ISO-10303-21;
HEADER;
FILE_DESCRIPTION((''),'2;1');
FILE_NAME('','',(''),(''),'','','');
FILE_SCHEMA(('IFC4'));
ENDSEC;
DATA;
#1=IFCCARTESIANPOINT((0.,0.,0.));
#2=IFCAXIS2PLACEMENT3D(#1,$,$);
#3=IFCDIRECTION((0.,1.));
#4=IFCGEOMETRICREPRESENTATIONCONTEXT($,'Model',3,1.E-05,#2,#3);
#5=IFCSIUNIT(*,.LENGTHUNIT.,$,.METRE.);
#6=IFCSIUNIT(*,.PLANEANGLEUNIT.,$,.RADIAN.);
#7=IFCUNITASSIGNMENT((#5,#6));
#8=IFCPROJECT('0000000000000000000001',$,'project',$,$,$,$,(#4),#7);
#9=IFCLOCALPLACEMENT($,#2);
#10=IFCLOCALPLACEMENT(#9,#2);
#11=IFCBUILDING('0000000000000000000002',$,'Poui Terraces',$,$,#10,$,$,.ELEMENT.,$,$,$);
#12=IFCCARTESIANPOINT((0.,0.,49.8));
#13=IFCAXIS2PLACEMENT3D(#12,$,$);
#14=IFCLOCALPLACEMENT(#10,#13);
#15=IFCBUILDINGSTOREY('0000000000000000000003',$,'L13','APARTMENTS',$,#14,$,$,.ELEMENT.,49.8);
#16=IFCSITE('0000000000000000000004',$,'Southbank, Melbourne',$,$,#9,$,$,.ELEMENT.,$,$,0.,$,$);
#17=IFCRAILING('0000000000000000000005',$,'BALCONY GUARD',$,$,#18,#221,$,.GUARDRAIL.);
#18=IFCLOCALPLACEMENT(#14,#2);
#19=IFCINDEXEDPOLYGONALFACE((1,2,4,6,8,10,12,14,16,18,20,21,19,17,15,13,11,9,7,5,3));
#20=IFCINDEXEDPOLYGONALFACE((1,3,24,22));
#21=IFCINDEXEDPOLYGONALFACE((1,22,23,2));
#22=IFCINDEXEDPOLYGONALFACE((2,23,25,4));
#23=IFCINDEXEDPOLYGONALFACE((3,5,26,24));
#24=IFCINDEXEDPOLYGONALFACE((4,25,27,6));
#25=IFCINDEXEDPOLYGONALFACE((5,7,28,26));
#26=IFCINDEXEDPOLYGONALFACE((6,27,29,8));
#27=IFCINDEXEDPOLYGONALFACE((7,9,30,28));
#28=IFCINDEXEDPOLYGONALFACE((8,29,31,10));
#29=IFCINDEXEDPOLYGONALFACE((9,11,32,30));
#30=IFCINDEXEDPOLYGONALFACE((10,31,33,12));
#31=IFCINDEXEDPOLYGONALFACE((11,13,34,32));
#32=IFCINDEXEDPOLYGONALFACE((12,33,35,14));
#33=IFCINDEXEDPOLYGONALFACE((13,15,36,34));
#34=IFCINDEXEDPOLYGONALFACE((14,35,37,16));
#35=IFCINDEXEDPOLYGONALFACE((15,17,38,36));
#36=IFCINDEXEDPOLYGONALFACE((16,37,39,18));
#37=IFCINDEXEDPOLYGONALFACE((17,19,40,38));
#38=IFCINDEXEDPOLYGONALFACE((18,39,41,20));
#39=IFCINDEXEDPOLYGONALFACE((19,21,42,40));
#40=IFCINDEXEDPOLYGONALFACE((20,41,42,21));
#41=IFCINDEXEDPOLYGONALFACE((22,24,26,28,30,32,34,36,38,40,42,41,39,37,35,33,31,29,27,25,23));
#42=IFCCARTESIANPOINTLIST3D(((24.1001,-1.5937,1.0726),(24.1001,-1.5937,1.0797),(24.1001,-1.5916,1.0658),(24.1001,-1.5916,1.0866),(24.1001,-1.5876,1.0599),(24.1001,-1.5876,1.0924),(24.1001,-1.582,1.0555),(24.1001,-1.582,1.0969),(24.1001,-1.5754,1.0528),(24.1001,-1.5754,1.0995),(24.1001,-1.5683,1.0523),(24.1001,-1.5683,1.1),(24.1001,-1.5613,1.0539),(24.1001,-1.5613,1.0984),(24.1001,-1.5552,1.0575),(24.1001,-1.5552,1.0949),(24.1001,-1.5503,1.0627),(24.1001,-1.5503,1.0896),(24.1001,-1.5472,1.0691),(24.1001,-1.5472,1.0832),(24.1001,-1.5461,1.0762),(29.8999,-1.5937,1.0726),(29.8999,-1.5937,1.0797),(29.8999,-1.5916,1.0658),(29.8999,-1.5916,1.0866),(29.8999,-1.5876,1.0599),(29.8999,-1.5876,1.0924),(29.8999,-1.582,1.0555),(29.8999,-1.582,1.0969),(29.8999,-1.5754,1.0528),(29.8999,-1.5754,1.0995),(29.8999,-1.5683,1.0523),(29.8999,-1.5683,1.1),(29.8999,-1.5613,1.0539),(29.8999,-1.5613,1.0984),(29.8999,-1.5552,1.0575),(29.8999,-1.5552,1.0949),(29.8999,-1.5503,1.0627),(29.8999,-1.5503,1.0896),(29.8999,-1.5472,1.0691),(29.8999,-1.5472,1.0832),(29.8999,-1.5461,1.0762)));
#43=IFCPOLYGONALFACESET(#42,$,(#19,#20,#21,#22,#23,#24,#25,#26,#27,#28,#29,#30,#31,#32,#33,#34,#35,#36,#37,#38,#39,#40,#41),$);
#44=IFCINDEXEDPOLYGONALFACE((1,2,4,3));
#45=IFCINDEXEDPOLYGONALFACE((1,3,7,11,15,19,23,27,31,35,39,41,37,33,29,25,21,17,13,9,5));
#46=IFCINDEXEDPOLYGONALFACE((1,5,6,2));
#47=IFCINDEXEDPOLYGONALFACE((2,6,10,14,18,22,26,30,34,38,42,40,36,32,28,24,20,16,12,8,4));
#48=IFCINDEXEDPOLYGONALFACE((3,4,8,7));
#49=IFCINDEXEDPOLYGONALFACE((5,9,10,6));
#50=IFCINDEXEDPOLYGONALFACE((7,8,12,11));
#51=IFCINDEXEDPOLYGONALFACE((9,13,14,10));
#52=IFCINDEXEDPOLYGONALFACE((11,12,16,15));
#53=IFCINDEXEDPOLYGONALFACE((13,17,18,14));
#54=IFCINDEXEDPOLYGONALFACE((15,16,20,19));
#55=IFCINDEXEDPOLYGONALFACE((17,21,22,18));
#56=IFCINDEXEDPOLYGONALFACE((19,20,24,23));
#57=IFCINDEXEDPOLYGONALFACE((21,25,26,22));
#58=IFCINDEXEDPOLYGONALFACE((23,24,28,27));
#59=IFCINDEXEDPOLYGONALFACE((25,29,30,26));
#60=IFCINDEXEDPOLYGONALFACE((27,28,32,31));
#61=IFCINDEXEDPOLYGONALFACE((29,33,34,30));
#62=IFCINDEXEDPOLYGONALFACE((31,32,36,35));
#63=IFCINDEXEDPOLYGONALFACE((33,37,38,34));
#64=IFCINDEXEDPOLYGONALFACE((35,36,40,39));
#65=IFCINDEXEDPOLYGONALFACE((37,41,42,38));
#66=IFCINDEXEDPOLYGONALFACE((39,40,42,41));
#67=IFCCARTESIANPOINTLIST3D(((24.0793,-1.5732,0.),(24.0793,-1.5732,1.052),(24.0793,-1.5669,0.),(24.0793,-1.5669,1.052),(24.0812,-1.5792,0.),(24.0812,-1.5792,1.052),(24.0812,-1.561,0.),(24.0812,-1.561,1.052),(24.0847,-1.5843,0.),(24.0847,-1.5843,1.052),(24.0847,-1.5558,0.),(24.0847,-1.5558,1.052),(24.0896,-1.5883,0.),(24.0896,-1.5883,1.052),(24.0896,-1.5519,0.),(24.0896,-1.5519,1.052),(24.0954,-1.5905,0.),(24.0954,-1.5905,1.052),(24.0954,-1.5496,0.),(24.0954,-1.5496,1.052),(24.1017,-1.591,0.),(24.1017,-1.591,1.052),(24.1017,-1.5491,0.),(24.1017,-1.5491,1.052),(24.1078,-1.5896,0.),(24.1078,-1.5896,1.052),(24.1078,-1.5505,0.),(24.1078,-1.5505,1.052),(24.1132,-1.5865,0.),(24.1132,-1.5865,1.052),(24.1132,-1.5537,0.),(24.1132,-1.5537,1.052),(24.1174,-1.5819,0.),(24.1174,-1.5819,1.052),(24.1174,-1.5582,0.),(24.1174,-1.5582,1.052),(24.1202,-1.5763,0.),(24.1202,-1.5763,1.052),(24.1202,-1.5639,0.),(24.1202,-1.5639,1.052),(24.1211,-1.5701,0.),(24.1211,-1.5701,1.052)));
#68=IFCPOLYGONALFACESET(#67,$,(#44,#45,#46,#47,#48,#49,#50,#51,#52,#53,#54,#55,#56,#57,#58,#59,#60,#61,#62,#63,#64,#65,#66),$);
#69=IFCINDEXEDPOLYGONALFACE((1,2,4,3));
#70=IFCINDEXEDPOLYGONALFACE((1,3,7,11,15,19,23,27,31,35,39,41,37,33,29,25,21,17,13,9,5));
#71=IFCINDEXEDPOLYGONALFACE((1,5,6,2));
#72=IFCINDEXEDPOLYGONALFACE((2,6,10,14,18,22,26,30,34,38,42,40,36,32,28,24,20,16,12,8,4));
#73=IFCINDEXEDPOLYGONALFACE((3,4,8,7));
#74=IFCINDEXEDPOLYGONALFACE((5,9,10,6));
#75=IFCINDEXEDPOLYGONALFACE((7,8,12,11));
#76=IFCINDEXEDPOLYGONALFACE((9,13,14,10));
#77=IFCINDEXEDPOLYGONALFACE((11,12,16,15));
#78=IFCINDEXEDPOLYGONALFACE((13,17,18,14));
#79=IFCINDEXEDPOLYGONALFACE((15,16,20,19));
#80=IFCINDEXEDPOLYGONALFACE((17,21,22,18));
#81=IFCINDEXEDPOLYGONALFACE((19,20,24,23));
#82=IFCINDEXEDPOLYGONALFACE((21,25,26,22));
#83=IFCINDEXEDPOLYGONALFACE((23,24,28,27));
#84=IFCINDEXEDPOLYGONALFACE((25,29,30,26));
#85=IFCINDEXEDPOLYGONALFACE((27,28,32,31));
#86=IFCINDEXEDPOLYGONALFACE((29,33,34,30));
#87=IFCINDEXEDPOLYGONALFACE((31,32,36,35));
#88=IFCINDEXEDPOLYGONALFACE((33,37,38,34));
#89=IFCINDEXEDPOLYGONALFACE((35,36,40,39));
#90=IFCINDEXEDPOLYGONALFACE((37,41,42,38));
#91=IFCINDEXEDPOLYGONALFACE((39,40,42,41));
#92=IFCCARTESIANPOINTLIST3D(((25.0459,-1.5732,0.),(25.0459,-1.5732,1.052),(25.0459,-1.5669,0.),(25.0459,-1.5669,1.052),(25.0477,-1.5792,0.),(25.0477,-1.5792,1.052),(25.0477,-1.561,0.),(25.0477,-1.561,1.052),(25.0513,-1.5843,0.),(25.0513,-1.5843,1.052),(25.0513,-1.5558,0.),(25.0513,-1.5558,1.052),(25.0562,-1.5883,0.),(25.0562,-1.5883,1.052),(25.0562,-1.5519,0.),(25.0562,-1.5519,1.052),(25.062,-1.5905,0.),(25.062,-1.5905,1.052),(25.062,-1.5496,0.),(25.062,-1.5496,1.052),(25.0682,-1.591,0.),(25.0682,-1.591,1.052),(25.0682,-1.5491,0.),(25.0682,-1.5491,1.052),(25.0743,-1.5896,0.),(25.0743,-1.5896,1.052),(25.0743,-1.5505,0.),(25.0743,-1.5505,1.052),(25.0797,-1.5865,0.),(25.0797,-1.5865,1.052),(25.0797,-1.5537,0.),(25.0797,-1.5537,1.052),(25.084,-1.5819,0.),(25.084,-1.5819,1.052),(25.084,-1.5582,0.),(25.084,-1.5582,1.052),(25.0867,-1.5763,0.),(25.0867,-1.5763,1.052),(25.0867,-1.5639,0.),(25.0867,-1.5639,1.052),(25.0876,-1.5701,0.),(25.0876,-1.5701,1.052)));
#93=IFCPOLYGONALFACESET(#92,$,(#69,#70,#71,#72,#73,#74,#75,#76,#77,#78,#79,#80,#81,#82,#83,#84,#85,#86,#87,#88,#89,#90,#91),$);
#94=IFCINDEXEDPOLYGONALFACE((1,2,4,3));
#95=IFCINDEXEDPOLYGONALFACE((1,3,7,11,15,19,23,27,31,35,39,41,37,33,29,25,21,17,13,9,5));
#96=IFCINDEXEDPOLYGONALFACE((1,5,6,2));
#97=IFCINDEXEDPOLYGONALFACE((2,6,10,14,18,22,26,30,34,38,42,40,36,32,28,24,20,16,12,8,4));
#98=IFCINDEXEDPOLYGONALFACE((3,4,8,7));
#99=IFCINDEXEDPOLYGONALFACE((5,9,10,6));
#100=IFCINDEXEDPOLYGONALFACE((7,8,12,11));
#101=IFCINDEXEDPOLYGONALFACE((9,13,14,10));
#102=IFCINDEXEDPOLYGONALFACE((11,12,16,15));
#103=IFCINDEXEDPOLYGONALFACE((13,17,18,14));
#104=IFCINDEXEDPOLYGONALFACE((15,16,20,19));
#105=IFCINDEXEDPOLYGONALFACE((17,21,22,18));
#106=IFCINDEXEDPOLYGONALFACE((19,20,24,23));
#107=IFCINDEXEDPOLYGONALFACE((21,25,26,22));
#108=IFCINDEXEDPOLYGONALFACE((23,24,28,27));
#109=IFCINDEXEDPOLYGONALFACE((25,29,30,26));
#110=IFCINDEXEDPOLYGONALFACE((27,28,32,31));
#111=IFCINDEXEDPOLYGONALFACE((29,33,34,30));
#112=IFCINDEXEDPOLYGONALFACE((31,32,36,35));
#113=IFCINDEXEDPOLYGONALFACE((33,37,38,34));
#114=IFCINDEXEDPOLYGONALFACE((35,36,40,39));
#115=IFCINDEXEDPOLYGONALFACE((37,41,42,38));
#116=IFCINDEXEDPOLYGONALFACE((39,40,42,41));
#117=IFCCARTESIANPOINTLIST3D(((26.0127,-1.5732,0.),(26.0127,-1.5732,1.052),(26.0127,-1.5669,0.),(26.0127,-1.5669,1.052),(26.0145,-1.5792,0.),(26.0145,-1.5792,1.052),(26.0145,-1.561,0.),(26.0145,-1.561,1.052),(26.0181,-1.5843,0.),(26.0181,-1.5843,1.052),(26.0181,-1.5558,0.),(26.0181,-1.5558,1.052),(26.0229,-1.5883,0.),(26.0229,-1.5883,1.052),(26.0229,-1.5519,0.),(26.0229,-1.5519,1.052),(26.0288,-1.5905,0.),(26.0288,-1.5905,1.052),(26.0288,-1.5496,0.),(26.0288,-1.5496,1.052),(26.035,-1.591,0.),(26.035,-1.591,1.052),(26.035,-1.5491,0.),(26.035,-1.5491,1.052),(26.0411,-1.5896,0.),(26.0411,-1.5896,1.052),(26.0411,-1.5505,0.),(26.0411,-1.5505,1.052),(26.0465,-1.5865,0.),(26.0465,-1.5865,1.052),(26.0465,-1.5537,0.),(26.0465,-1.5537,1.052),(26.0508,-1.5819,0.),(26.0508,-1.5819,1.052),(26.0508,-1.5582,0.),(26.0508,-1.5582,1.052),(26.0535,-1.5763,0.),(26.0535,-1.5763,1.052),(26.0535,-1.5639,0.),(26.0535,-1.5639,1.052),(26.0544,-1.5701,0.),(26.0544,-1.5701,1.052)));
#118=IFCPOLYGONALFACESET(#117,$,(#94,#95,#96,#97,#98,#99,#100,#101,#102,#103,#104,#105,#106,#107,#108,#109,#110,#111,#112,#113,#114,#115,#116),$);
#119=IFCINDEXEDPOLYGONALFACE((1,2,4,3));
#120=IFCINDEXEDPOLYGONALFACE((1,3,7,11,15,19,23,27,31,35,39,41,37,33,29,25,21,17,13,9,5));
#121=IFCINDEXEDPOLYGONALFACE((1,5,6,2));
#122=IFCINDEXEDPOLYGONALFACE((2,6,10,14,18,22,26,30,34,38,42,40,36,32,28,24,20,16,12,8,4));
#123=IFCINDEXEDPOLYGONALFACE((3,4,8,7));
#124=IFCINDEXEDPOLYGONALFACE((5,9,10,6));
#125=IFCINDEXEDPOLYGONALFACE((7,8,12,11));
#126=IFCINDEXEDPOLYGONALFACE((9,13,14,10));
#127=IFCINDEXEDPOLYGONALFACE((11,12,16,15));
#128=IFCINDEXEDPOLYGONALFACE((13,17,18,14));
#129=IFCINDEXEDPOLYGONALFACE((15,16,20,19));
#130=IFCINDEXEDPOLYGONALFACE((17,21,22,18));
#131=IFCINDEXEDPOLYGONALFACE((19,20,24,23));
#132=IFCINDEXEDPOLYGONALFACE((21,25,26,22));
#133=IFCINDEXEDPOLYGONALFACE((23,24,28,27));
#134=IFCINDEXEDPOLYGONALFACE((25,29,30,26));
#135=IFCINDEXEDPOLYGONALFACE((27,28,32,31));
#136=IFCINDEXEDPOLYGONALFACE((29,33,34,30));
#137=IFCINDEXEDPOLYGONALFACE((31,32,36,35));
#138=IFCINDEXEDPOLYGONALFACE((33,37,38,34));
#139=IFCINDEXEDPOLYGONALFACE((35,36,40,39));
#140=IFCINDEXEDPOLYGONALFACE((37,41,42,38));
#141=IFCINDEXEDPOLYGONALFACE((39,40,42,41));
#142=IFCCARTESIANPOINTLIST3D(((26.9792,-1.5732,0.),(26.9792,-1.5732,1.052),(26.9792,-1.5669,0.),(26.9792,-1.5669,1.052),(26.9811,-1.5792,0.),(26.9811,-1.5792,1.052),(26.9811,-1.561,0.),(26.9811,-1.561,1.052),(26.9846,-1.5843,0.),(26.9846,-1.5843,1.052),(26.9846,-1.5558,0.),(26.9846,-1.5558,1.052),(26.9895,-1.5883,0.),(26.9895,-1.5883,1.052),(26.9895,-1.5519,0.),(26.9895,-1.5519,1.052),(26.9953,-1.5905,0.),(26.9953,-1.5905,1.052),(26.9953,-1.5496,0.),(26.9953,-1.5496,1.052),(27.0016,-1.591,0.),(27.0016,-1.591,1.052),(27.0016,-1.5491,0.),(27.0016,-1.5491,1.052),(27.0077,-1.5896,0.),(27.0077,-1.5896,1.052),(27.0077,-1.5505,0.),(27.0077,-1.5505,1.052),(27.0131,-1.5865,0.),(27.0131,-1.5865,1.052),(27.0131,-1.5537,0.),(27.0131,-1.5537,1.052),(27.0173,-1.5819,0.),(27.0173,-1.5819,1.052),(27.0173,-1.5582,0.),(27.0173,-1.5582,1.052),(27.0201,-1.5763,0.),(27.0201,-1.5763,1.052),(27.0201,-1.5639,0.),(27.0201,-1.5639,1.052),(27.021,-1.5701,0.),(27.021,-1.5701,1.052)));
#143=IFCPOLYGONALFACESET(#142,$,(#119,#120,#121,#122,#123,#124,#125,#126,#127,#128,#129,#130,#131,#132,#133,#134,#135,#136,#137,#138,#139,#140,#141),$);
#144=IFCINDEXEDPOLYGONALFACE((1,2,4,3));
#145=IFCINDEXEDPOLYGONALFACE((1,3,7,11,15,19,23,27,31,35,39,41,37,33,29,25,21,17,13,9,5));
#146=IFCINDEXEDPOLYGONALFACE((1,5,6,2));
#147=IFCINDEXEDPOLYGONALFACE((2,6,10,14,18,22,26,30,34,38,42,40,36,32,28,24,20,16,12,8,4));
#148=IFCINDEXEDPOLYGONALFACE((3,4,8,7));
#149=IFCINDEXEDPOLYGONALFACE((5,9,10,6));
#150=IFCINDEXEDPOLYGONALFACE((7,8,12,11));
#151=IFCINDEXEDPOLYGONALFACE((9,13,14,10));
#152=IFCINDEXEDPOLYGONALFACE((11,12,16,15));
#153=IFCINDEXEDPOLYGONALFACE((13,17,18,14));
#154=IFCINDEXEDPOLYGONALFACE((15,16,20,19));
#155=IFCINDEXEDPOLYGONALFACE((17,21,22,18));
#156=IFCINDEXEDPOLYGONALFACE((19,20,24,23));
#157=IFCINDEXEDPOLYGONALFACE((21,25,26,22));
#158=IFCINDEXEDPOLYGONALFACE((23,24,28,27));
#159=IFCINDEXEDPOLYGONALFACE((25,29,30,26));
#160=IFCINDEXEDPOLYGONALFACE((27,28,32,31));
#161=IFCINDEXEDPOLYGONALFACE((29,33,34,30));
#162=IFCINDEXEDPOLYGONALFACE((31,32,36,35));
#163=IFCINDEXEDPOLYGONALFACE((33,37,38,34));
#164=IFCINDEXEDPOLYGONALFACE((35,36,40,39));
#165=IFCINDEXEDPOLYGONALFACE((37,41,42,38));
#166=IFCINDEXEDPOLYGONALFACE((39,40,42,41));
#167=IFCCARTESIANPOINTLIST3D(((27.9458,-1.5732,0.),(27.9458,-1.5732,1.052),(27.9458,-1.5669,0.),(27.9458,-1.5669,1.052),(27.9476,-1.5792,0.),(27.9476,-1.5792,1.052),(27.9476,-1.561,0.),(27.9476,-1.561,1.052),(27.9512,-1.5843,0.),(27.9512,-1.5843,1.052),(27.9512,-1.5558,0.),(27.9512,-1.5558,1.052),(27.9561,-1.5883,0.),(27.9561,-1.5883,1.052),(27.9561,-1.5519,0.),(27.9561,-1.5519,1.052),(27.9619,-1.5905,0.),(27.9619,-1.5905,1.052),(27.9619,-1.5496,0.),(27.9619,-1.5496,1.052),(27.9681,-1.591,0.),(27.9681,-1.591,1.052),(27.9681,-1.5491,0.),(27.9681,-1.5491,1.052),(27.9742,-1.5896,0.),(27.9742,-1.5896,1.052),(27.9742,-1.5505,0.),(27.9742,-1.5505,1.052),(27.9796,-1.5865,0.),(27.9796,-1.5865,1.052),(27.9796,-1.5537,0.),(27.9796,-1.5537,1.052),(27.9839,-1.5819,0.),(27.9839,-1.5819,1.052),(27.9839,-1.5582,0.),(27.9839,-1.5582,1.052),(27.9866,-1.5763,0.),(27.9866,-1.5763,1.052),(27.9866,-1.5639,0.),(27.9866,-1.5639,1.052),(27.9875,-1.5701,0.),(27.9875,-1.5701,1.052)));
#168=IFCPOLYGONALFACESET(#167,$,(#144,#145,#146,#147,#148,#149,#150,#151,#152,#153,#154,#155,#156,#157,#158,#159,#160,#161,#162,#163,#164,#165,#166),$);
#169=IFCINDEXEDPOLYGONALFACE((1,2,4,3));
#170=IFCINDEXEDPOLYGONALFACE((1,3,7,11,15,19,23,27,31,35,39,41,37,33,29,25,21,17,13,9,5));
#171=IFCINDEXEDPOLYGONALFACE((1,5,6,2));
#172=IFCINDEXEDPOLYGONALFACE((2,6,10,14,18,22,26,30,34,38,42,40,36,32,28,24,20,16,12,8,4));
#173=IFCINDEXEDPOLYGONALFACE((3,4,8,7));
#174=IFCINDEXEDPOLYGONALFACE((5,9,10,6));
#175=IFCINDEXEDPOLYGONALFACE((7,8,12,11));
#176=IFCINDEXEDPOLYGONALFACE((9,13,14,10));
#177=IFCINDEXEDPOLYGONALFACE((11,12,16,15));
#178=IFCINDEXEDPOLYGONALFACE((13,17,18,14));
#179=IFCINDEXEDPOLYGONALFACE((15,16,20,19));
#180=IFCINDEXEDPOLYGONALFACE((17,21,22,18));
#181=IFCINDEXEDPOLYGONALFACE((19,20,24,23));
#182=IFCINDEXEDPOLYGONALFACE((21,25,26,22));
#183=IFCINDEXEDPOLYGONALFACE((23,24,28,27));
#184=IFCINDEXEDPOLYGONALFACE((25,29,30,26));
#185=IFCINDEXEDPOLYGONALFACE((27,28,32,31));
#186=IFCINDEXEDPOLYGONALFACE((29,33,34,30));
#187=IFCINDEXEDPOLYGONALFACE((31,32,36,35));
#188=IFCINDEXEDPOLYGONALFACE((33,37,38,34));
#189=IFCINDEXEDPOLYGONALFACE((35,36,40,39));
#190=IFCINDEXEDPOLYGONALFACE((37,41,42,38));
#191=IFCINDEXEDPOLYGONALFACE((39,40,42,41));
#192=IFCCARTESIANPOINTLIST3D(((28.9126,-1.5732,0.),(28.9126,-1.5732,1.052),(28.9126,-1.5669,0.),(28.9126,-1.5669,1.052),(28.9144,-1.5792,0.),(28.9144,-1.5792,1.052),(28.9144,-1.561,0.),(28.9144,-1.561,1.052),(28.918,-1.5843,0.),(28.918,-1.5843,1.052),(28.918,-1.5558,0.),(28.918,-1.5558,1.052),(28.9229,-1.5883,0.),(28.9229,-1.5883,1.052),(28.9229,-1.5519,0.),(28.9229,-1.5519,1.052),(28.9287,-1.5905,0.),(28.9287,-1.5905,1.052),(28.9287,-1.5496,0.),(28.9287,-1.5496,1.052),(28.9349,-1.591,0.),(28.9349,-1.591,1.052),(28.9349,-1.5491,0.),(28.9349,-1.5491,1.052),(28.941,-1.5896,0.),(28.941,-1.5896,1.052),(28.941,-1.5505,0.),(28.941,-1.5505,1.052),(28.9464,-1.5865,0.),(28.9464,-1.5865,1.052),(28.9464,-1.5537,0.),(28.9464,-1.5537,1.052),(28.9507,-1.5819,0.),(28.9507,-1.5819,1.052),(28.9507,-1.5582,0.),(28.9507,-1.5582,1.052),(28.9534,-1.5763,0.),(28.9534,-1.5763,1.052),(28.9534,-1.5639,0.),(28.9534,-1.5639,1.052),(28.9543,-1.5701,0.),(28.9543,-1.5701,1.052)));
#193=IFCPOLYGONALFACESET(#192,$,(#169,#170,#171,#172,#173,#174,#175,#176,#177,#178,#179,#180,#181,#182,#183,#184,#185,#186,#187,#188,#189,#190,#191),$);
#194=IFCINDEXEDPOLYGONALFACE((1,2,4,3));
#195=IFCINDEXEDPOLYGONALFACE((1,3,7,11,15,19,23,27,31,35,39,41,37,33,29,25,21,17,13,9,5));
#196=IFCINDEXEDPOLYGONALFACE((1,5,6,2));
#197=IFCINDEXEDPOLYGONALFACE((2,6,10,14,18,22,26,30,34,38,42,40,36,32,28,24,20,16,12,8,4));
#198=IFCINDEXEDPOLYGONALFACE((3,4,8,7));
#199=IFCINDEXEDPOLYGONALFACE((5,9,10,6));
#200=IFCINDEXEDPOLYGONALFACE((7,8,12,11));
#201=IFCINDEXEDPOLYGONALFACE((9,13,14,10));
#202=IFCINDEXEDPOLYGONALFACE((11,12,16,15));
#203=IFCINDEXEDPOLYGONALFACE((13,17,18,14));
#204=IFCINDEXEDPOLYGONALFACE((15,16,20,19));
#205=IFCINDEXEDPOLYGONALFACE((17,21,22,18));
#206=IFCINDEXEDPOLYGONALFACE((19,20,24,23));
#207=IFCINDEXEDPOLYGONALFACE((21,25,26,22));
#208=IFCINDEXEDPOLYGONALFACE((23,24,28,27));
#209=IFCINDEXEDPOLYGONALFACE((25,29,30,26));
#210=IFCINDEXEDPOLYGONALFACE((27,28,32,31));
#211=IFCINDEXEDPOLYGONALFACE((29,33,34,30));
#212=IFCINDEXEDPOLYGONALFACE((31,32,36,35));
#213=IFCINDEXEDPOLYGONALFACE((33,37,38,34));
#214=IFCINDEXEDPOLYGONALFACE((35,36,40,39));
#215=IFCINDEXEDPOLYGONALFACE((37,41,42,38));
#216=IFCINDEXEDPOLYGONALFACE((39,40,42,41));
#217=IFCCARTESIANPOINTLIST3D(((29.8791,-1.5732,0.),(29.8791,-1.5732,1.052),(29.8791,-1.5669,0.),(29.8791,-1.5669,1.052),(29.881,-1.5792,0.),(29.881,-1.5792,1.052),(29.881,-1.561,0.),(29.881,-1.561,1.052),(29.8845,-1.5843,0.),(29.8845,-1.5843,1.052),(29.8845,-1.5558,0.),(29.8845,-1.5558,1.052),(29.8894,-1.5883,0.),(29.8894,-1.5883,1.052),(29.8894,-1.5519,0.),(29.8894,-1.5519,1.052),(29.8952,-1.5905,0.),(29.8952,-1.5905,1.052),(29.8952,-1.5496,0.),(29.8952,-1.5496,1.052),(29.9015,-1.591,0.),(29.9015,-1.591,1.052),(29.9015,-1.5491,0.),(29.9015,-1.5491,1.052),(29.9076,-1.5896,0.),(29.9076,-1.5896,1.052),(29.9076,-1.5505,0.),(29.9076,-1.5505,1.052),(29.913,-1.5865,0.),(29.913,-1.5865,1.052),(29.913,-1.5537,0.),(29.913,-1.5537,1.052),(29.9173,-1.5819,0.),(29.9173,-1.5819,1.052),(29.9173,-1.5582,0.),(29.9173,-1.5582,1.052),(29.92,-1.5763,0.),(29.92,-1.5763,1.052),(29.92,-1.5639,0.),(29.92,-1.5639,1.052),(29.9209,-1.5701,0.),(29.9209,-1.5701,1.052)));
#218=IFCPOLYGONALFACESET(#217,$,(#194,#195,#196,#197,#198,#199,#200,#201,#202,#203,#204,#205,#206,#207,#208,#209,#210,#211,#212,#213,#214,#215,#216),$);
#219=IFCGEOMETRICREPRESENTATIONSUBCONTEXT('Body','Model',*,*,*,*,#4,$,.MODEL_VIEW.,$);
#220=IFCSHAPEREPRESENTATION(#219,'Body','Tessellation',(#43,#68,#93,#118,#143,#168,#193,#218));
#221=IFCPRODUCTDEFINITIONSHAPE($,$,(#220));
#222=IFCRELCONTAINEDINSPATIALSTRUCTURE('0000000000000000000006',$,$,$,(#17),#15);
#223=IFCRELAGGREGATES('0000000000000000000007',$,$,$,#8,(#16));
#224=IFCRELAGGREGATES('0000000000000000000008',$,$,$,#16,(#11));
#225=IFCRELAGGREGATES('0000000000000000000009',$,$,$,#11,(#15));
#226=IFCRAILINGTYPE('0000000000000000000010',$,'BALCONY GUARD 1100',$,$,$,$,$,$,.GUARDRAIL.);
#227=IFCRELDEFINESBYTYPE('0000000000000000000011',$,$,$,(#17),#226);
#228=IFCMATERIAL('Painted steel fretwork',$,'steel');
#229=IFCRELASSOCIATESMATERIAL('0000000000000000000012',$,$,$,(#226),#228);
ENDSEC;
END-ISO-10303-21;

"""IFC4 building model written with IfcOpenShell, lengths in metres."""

from ifc_helpers import new_model, si_unit, direction, frame, origin, origin_2d, place, context, subcontext, project, spatial, circle, extrude, material, type_object, element, save


model = new_model("IFC4")

# Units and contexts
model_context = context("Model", 3, precision=1e-05, world=origin(), true_north=direction((0.0, 1.0)))
body_context = subcontext(model_context, "Body", "Model", "MODEL_VIEW")
ifc_project = project(units=[si_unit("LENGTHUNIT", "METRE"), si_unit("PLANEANGLEUNIT", "RADIAN")], contexts=[model_context])

# Site, building, storey
site_placement = place(None, origin())
site = spatial("IfcSite", under=ifc_project, at=site_placement, Name="Southbank, Melbourne", CompositionType="ELEMENT", RefElevation=0.0)
building_placement = place(site_placement, origin())
building = spatial("IfcBuilding", under=site, at=building_placement, Name="Poui Terraces", CompositionType="ELEMENT")
storey_placement = place(building_placement, frame((0.0, 0.0, 49.8)))
storey = spatial("IfcBuildingStorey", under=building, at=storey_placement, Name="L13", Description="APARTMENTS", CompositionType="ELEMENT", Elevation=49.8)

# Railing
ifc_material_1 = material(Name="Painted steel fretwork", Category="steel")
railing_type = type_object("IfcRailingType", Name="BALCONY GUARD 1100", PredefinedType="GUARDRAIL", material=ifc_material_1)
railing_placement = place(storey_placement, frame((24.1001, -1.5701, 0.0)))
element("IfcRailing", 1, at=railing_placement, inside=storey, type_object=railing_type, Name="BALCONY GUARD", PredefinedType="GUARDRAIL", context=body_context, shape_type="SweptSolid", body=[
    extrude(circle(Radius=0.0239, at=origin_2d()), frame((0.0, 0.0, 1.0762), z_axis=(1.0, 0.0, 0.0), x_axis=(0.0, 1.0, 0.0)), (0.0, 0.0, 1.0), 5.7998),
    extrude(circle(Radius=0.021, at=origin_2d()), origin(), (0.0, 0.0, 1.0), 1.052),
    extrude(circle(Radius=0.021, at=origin_2d()), frame((0.9666, 0.0, 0.0)), (0.0, 0.0, 1.0), 1.052),
    extrude(circle(Radius=0.021, at=origin_2d()), frame((1.9333, 0.0, 0.0)), (0.0, 0.0, 1.0), 1.052),
    extrude(circle(Radius=0.021, at=origin_2d()), frame((2.8999, 0.0, 0.0)), (0.0, 0.0, 1.0), 1.052),
    extrude(circle(Radius=0.021, at=origin_2d()), frame((3.8665, 0.0, 0.0)), (0.0, 0.0, 1.0), 1.052),
    extrude(circle(Radius=0.021, at=origin_2d()), frame((4.8333, 0.0, 0.0)), (0.0, 0.0, 1.0), 1.052),
    extrude(circle(Radius=0.021, at=origin_2d()), frame((5.7998, 0.0, 0.0)), (0.0, 0.0, 1.0), 1.052),
])

save(model, "model.ifc")
